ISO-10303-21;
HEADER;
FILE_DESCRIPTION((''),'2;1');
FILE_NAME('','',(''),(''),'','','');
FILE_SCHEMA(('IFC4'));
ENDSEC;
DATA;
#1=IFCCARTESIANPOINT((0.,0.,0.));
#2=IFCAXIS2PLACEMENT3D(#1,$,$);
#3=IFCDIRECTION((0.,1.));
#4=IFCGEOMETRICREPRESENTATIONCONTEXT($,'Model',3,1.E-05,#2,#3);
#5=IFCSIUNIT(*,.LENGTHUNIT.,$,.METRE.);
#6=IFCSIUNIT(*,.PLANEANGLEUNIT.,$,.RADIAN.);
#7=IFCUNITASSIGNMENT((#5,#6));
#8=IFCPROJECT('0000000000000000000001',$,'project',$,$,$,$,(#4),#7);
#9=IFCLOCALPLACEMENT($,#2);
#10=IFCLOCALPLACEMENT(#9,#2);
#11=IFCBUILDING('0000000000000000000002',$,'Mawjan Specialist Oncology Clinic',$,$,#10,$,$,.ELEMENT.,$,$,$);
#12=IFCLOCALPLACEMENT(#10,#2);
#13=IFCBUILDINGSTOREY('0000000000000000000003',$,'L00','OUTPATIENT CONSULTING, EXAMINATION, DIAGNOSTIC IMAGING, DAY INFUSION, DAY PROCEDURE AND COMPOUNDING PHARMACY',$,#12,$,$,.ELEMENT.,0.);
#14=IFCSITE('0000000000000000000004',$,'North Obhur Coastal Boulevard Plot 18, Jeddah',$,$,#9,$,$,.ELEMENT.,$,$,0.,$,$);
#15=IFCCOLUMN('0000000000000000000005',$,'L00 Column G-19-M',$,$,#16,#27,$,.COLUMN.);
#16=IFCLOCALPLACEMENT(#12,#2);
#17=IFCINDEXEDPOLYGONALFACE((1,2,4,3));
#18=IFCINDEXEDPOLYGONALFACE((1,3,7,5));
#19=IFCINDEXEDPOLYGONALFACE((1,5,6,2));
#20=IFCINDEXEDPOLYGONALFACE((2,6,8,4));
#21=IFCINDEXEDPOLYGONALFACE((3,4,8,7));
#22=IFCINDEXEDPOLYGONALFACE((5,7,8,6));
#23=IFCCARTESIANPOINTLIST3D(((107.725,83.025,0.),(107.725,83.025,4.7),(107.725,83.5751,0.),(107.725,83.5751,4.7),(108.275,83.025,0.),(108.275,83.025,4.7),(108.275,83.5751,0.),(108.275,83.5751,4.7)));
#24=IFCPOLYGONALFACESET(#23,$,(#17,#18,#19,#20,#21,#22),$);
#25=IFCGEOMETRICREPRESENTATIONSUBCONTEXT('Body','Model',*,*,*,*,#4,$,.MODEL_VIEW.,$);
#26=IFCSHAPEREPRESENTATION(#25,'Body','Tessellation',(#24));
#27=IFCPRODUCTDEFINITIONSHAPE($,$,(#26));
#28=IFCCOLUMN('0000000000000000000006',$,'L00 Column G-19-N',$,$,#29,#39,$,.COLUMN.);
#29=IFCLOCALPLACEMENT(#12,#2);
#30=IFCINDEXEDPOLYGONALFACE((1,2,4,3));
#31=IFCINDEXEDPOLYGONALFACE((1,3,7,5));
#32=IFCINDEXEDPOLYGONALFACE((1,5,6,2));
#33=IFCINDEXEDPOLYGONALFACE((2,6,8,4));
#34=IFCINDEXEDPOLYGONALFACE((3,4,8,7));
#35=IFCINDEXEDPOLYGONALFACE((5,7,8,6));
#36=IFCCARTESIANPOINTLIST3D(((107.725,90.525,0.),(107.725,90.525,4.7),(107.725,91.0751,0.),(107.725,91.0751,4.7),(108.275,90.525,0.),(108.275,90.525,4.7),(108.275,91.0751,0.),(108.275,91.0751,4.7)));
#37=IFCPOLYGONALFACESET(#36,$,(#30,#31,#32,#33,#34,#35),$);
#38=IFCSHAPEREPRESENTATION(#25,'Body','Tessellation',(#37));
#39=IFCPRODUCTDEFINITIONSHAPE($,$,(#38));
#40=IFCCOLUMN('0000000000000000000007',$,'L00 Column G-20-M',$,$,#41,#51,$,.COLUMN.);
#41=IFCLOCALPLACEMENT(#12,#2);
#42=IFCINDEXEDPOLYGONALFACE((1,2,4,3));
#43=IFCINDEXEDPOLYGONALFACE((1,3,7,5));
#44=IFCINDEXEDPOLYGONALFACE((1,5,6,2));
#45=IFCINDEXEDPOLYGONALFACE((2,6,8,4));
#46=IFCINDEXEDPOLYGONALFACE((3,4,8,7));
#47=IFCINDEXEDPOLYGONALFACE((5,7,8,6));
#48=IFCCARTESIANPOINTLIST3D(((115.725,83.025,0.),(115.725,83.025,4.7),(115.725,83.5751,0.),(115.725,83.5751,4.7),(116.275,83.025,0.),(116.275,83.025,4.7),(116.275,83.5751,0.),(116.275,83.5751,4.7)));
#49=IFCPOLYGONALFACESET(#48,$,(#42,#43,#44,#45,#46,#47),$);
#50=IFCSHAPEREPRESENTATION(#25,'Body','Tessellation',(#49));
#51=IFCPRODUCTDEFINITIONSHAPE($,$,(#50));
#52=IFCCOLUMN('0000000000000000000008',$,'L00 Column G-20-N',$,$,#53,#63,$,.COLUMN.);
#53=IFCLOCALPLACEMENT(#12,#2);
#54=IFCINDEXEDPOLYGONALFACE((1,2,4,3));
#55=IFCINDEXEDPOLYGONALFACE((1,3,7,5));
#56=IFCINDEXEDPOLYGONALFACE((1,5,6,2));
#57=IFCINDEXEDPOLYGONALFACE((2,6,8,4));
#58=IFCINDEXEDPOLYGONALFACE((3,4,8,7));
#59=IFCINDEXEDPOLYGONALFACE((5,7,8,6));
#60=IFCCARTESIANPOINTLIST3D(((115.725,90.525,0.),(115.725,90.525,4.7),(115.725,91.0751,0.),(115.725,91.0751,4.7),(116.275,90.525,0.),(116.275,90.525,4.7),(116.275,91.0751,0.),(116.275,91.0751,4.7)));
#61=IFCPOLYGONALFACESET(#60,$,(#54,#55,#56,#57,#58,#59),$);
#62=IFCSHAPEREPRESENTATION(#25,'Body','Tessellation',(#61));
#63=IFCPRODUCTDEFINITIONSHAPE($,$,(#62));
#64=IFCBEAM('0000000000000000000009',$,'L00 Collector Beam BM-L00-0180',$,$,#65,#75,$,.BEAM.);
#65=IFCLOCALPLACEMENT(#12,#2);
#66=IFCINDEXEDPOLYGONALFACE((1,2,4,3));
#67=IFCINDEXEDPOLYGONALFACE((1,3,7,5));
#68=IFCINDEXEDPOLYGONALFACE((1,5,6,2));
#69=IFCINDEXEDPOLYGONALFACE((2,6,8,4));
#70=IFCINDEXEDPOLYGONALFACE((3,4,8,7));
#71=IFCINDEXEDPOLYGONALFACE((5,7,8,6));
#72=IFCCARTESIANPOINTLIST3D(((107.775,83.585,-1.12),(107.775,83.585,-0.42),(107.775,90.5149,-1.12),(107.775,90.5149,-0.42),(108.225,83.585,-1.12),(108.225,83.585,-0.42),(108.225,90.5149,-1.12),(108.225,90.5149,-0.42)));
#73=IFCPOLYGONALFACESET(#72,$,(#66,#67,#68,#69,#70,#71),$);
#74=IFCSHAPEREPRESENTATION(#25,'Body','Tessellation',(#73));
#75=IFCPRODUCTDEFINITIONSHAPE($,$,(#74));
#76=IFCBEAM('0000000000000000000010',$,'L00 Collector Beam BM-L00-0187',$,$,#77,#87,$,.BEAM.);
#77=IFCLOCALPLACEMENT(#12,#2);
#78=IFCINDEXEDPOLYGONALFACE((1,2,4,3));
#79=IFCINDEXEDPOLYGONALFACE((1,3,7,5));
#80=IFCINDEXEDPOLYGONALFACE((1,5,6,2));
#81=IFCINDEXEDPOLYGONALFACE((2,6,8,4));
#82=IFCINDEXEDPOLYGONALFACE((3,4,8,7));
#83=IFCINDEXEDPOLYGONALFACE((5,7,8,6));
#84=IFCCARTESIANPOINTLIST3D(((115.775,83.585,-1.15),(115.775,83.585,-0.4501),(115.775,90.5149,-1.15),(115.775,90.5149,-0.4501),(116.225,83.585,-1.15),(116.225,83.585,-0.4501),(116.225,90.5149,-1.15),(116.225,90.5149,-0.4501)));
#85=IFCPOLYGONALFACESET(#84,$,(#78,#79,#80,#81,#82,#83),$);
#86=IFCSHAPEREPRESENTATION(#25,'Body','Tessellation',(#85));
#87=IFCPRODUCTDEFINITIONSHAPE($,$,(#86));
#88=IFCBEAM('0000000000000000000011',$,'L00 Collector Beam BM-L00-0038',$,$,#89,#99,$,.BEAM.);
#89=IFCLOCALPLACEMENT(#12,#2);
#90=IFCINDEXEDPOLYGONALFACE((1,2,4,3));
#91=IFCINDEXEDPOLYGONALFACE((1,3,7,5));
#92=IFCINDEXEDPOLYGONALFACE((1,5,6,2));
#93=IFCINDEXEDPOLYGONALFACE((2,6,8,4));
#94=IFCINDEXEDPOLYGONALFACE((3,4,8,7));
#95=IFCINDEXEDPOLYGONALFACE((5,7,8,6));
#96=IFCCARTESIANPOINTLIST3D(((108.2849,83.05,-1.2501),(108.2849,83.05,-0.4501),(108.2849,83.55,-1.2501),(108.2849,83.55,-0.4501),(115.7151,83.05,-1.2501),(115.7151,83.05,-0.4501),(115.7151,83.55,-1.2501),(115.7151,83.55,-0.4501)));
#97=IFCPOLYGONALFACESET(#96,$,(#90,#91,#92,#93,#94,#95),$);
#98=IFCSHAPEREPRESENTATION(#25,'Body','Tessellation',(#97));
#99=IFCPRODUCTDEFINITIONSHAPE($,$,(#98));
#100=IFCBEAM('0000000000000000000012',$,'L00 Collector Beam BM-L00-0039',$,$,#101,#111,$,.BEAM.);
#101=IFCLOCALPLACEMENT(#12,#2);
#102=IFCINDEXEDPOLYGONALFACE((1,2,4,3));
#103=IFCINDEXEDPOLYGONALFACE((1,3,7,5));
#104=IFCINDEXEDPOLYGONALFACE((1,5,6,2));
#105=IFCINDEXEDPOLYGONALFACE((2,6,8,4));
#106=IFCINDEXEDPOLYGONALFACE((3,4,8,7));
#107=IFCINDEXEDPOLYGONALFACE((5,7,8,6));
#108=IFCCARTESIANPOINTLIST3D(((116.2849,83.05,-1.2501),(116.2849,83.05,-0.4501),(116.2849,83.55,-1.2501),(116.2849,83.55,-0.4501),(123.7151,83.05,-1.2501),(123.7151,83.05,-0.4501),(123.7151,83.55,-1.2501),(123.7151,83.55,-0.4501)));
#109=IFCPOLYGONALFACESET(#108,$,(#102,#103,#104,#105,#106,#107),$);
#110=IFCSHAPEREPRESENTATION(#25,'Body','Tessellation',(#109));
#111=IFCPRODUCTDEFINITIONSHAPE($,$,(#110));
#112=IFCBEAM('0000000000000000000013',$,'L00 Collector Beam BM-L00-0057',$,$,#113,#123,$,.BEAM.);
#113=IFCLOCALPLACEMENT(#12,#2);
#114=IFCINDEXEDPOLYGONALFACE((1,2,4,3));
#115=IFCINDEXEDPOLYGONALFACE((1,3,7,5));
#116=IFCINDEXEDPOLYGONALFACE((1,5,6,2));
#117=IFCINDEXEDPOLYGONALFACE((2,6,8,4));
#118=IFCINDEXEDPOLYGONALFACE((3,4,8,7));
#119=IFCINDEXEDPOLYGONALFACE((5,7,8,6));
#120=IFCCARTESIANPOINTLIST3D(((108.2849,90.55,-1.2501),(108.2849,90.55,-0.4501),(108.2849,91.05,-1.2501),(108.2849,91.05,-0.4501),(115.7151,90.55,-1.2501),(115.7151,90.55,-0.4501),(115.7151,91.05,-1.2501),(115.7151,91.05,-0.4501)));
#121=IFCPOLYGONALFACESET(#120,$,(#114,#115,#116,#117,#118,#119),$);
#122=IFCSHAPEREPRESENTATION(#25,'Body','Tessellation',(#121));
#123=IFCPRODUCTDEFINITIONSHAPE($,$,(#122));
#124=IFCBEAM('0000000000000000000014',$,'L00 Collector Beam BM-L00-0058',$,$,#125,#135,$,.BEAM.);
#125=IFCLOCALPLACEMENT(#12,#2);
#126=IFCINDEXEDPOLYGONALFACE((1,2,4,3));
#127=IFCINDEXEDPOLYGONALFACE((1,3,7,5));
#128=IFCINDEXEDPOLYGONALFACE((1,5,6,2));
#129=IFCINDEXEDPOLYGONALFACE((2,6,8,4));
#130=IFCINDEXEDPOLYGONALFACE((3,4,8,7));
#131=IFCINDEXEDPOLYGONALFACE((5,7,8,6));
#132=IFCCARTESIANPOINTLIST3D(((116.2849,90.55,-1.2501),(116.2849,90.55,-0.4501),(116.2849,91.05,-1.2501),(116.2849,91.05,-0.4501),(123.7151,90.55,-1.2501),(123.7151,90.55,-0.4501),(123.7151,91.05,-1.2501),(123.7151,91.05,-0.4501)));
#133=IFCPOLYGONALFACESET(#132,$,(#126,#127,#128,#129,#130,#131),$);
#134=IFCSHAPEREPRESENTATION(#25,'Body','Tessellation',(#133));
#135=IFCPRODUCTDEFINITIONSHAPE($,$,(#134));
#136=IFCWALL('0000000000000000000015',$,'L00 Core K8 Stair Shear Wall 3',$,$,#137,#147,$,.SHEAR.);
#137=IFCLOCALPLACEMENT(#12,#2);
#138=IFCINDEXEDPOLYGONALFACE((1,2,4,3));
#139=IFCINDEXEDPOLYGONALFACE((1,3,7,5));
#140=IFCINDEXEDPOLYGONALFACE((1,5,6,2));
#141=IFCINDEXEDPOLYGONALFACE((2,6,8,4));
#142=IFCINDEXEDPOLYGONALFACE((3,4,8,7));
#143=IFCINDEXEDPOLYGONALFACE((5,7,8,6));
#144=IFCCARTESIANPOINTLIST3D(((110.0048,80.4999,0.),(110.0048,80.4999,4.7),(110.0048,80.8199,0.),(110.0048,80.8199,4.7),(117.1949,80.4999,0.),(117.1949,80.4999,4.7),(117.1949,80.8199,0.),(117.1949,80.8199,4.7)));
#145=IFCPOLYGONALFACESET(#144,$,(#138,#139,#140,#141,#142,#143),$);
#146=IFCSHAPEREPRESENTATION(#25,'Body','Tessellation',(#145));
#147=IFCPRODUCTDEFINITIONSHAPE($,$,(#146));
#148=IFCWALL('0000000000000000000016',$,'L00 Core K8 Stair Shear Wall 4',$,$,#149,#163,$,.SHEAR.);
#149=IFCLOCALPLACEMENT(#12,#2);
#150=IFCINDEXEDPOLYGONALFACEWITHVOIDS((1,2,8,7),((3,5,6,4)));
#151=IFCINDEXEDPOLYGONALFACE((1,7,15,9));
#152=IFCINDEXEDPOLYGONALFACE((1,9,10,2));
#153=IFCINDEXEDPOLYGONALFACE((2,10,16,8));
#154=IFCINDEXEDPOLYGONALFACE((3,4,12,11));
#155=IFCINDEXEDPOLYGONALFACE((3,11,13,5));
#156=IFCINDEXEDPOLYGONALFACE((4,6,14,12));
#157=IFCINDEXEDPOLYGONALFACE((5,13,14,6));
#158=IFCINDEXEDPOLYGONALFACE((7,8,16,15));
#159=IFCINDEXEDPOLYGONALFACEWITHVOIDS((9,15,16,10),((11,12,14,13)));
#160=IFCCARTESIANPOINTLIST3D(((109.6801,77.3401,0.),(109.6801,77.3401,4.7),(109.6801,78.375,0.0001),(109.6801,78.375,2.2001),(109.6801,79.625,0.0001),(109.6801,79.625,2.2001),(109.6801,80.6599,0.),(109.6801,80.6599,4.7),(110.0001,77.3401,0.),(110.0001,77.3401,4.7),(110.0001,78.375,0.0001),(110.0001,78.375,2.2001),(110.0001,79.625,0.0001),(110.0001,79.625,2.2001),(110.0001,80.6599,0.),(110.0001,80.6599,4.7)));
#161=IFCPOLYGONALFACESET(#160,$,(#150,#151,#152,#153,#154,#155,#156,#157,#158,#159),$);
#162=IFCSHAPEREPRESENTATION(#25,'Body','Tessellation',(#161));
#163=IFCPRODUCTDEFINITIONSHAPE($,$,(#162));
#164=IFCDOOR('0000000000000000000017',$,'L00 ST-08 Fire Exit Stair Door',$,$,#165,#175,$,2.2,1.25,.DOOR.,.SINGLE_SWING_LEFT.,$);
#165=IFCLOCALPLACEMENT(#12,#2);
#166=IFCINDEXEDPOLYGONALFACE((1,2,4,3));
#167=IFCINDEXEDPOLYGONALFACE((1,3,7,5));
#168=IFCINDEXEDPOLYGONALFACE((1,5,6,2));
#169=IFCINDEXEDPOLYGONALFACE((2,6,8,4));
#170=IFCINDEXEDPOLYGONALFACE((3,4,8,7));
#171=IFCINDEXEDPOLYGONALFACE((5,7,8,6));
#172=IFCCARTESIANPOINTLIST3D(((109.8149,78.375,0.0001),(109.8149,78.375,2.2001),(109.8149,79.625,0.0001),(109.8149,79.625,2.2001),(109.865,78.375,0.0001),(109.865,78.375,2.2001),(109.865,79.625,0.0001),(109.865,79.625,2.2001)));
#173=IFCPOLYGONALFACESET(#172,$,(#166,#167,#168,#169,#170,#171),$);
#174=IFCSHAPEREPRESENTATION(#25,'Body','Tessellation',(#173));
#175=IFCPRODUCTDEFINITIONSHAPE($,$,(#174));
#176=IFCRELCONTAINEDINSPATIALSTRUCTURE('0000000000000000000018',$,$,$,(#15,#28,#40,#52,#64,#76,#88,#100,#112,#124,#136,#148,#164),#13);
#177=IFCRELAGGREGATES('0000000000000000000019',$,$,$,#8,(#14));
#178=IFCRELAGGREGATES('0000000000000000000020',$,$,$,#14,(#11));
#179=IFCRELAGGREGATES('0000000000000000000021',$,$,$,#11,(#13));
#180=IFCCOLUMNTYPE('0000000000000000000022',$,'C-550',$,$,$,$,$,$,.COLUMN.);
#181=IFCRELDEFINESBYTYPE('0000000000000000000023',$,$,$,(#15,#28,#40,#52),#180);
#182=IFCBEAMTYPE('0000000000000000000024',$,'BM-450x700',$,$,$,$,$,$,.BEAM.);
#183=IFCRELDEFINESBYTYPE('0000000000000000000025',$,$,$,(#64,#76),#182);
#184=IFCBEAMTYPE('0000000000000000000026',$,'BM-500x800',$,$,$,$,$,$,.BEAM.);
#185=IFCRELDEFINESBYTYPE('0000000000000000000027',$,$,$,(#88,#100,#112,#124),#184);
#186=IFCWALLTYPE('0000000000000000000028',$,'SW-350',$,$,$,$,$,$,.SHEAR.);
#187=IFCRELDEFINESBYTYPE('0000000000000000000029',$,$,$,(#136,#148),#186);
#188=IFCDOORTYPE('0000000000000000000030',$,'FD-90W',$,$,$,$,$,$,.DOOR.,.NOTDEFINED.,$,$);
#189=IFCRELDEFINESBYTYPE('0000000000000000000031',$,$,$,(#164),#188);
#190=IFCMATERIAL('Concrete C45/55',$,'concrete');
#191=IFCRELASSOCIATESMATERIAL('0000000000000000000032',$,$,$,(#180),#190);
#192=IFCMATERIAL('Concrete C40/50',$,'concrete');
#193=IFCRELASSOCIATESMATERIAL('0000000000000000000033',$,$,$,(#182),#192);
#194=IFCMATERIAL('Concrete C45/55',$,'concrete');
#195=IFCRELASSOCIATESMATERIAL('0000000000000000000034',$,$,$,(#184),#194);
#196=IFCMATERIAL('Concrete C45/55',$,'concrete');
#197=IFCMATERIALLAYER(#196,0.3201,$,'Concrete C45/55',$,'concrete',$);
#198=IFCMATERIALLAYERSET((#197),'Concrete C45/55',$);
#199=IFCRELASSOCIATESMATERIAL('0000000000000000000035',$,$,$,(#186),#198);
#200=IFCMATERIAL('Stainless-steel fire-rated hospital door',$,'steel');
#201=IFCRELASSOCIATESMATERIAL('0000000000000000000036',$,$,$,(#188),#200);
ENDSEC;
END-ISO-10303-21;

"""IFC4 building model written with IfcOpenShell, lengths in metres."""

from ifc_helpers import new_model, si_unit, direction, frame, frame_2d, origin, origin_2d, place, context, subcontext, project, spatial, rectangle, extrude, material, layer, layer_set, material_profile, profile_set, type_object, element, fill, save


model = new_model("IFC4")

# Units and contexts
model_context = context("Model", 3, precision=1e-05, world=origin(), true_north=direction((0.0, 1.0)))
body_context = subcontext(model_context, "Body", "Model", "MODEL_VIEW")
ifc_project = project(units=[si_unit("LENGTHUNIT", "METRE"), si_unit("PLANEANGLEUNIT", "RADIAN")], contexts=[model_context])

# Site, building, storey
site_placement = place(None, origin())
site = spatial("IfcSite", under=ifc_project, at=site_placement, Name="North Obhur Coastal Boulevard Plot 18, Jeddah", CompositionType="ELEMENT", RefElevation=0.0)
building_placement = place(site_placement, origin())
building = spatial("IfcBuilding", under=site, at=building_placement, Name="Mawjan Specialist Oncology Clinic", CompositionType="ELEMENT")
storey_placement = place(building_placement, origin())
storey = spatial("IfcBuildingStorey", under=building, at=storey_placement, Name="L00", Description="OUTPATIENT CONSULTING, EXAMINATION, DIAGNOSTIC IMAGING, DAY INFUSION, DAY PROCEDURE AND COMPOUNDING PHARMACY", CompositionType="ELEMENT", Elevation=0.0)

# Columns
ifc_material_1 = material(Name="Concrete C45/55", Category="concrete")
ifc_material_profile_1 = material_profile(ifc_material_1, rectangle(XDim=0.55, YDim=0.55, at=origin_2d()), Name="RC COL 550x550", Category="concrete")
ifc_profile_set_1 = profile_set([ifc_material_profile_1], Name="Concrete C45/55")
column_type = type_object("IfcColumnType", Name="C-550", PredefinedType="COLUMN", material=ifc_profile_set_1)
for number, where, z_axis, x_axis, name in (
    (1, (108.0, 83.3, 0.0), (0.0, 0.0, 1.0), (1.0, 0.0, 0.0), "L00 Column G-19-M"),
    (2, (108.0, 90.8, 0.0), (0.0, 0.0, 1.0), (1.0, 0.0, 0.0), "L00 Column G-19-N"),
    (3, (116.0, 83.3, 0.0), (0.0, 0.0, 1.0), (1.0, 0.0, 0.0), "L00 Column G-20-M"),
    (4, (116.0, 90.8, 0.0), (0.0, 0.0, 1.0), (1.0, 0.0, 0.0), "L00 Column G-20-N"),
):
    element("IfcColumn", number, at=place(storey_placement, frame(where, z_axis=z_axis, x_axis=x_axis)), inside=storey, type_object=column_type, Name=name, PredefinedType="COLUMN", context=body_context, shape_type="SweptSolid", body=[
        extrude(rectangle(XDim=0.55, YDim=0.55, at=origin_2d()), origin(), (0.0, 0.0, 1.0), 4.7),
    ])

# Beams
ifc_material_2 = material(Name="Concrete C40/50", Category="concrete")
ifc_material_profile_2 = material_profile(ifc_material_2, rectangle(XDim=0.45, YDim=0.7, at=origin_2d()), Name="RC BM 450x700", Category="concrete")
ifc_profile_set_2 = profile_set([ifc_material_profile_2], Name="Concrete C40/50")
beam_type_1 = type_object("IfcBeamType", Name="BM-450x700", PredefinedType="BEAM", material=ifc_profile_set_2)
for number, where, z_axis, x_axis, name in (
    (5, (108.0, 83.585, -0.77), (0.0, 1.0, 0.0), (-1.0, 0.0, 0.0), "L00 Collector Beam BM-L00-0180"),
    (6, (116.0, 83.585, -0.8), (0.0, 1.0, 0.0), (-1.0, 0.0, 0.0), "L00 Collector Beam BM-L00-0187"),
):
    element("IfcBeam", number, at=place(storey_placement, frame(where, z_axis=z_axis, x_axis=x_axis)), inside=storey, type_object=beam_type_1, Name=name, PredefinedType="BEAM", context=body_context, shape_type="SweptSolid", body=[
        extrude(rectangle(XDim=0.45, YDim=0.7, at=origin_2d()), origin(), (0.0, 0.0, 1.0), 6.9299),
    ])
ifc_material_3 = material(Name="Concrete C45/55", Category="concrete")
ifc_material_profile_3 = material_profile(ifc_material_3, rectangle(XDim=0.5, YDim=0.8, at=origin_2d()), Name="RC BM 500x800", Category="concrete")
ifc_profile_set_3 = profile_set([ifc_material_profile_3], Name="Concrete C45/55")
beam_type_2 = type_object("IfcBeamType", Name="BM-500x800", PredefinedType="BEAM", material=ifc_profile_set_3)
for number, where, z_axis, x_axis, name in (
    (7, (108.2849, 83.3, -0.8501), (1.0, 0.0, 0.0), (0.0, 1.0, 0.0), "L00 Collector Beam BM-L00-0038"),
    (8, (116.2849, 83.3, -0.8501), (1.0, 0.0, 0.0), (0.0, 1.0, 0.0), "L00 Collector Beam BM-L00-0039"),
    (9, (108.2849, 90.8, -0.8501), (1.0, 0.0, 0.0), (0.0, 1.0, 0.0), "L00 Collector Beam BM-L00-0057"),
    (10, (116.2849, 90.8, -0.8501), (1.0, 0.0, 0.0), (0.0, 1.0, 0.0), "L00 Collector Beam BM-L00-0058"),
):
    element("IfcBeam", number, at=place(storey_placement, frame(where, z_axis=z_axis, x_axis=x_axis)), inside=storey, type_object=beam_type_2, Name=name, PredefinedType="BEAM", context=body_context, shape_type="SweptSolid", body=[
        extrude(rectangle(XDim=0.5, YDim=0.8, at=origin_2d()), origin(), (0.0, 0.0, 1.0), 7.4302),
    ])

# Wall
ifc_material_4 = material(Name="Concrete C45/55", Category="concrete")
ifc_layer_1 = layer(ifc_material_4, 0.3201, Name="Concrete C45/55", Category="concrete")
ifc_layer_set_1 = layer_set([ifc_layer_1], Name="Concrete C45/55")
wall_type_1 = type_object("IfcWallType", Name="SW-350", PredefinedType="SHEAR", material=ifc_layer_set_1)
wall_1_placement = place(storey_placement, frame((117.1951, 80.6599, 0.0), z_axis=(0.0, 0.0, 1.0), x_axis=(-1.0, 0.0, 0.0)))
element("IfcWall", 11, at=wall_1_placement, inside=storey, type_object=wall_type_1, Name="L00 Core K8 Stair Shear Wall 3", PredefinedType="SHEAR", context=body_context, shape_type="SweptSolid", body=[
    extrude(rectangle(XDim=7.1902, YDim=0.3201, at=frame_2d((3.5952, 0.0))), origin(), (0.0, 0.0, 1.0), 4.7),
])

# Wall, opening, door
wall_2_placement = place(storey_placement, frame((109.8401, 80.6599, 0.0), z_axis=(0.0, 0.0, 1.0), x_axis=(0.0, -1.0, 0.0)))
wall_2 = element("IfcWall", 12, at=wall_2_placement, inside=storey, type_object=wall_type_1, Name="L00 Core K8 Stair Shear Wall 4", PredefinedType="SHEAR", context=body_context, shape_type="SweptSolid", body=[
    extrude(rectangle(XDim=3.3198, YDim=0.3201, at=frame_2d((1.6599, 0.0))), origin(), (0.0, 0.0, 1.0), 4.7),
])
opening_1_placement = place(wall_2_placement, frame((1.0349, 0.0, 0.0)))
opening_1 = element("IfcOpeningElement", 13, at=opening_1_placement, cuts=wall_2, PredefinedType="OPENING", context=body_context, shape_type="SweptSolid", body=[
    extrude(rectangle(XDim=1.25, YDim=2.2, at=frame_2d((0.625, 1.1001))), frame((0.0, 0.1721, 0.0), z_axis=(0.0, -1.0, 0.0), x_axis=(1.0, 0.0, 0.0)), (0.0, 0.0, 1.0), 0.344),
])
ifc_material_5 = material(Name="Stainless-steel fire-rated hospital door", Category="steel")
door_type_1 = type_object("IfcDoorType", Name="FD-90W", OperationType="NOTDEFINED", PredefinedType="DOOR", material=ifc_material_5)
door_1_placement = place(opening_1_placement, origin())
door_1 = element("IfcDoor", 14, at=door_1_placement, inside=storey, type_object=door_type_1, Name="L00 ST-08 Fire Exit Stair Door", OperationType="SINGLE_SWING_LEFT", OverallHeight=2.2, OverallWidth=1.25, PredefinedType="DOOR", context=body_context, shape_type="SweptSolid", body=[
    extrude(rectangle(XDim=1.25, YDim=2.2, at=frame_2d((0.625, 1.1001))), frame((0.0, 0.0249, 0.0), z_axis=(0.0, -1.0, 0.0), x_axis=(1.0, 0.0, 0.0)), (0.0, 0.0, 1.0), 0.05),
])
fill(opening_1, door_1)

save(model, "model.ifc")
